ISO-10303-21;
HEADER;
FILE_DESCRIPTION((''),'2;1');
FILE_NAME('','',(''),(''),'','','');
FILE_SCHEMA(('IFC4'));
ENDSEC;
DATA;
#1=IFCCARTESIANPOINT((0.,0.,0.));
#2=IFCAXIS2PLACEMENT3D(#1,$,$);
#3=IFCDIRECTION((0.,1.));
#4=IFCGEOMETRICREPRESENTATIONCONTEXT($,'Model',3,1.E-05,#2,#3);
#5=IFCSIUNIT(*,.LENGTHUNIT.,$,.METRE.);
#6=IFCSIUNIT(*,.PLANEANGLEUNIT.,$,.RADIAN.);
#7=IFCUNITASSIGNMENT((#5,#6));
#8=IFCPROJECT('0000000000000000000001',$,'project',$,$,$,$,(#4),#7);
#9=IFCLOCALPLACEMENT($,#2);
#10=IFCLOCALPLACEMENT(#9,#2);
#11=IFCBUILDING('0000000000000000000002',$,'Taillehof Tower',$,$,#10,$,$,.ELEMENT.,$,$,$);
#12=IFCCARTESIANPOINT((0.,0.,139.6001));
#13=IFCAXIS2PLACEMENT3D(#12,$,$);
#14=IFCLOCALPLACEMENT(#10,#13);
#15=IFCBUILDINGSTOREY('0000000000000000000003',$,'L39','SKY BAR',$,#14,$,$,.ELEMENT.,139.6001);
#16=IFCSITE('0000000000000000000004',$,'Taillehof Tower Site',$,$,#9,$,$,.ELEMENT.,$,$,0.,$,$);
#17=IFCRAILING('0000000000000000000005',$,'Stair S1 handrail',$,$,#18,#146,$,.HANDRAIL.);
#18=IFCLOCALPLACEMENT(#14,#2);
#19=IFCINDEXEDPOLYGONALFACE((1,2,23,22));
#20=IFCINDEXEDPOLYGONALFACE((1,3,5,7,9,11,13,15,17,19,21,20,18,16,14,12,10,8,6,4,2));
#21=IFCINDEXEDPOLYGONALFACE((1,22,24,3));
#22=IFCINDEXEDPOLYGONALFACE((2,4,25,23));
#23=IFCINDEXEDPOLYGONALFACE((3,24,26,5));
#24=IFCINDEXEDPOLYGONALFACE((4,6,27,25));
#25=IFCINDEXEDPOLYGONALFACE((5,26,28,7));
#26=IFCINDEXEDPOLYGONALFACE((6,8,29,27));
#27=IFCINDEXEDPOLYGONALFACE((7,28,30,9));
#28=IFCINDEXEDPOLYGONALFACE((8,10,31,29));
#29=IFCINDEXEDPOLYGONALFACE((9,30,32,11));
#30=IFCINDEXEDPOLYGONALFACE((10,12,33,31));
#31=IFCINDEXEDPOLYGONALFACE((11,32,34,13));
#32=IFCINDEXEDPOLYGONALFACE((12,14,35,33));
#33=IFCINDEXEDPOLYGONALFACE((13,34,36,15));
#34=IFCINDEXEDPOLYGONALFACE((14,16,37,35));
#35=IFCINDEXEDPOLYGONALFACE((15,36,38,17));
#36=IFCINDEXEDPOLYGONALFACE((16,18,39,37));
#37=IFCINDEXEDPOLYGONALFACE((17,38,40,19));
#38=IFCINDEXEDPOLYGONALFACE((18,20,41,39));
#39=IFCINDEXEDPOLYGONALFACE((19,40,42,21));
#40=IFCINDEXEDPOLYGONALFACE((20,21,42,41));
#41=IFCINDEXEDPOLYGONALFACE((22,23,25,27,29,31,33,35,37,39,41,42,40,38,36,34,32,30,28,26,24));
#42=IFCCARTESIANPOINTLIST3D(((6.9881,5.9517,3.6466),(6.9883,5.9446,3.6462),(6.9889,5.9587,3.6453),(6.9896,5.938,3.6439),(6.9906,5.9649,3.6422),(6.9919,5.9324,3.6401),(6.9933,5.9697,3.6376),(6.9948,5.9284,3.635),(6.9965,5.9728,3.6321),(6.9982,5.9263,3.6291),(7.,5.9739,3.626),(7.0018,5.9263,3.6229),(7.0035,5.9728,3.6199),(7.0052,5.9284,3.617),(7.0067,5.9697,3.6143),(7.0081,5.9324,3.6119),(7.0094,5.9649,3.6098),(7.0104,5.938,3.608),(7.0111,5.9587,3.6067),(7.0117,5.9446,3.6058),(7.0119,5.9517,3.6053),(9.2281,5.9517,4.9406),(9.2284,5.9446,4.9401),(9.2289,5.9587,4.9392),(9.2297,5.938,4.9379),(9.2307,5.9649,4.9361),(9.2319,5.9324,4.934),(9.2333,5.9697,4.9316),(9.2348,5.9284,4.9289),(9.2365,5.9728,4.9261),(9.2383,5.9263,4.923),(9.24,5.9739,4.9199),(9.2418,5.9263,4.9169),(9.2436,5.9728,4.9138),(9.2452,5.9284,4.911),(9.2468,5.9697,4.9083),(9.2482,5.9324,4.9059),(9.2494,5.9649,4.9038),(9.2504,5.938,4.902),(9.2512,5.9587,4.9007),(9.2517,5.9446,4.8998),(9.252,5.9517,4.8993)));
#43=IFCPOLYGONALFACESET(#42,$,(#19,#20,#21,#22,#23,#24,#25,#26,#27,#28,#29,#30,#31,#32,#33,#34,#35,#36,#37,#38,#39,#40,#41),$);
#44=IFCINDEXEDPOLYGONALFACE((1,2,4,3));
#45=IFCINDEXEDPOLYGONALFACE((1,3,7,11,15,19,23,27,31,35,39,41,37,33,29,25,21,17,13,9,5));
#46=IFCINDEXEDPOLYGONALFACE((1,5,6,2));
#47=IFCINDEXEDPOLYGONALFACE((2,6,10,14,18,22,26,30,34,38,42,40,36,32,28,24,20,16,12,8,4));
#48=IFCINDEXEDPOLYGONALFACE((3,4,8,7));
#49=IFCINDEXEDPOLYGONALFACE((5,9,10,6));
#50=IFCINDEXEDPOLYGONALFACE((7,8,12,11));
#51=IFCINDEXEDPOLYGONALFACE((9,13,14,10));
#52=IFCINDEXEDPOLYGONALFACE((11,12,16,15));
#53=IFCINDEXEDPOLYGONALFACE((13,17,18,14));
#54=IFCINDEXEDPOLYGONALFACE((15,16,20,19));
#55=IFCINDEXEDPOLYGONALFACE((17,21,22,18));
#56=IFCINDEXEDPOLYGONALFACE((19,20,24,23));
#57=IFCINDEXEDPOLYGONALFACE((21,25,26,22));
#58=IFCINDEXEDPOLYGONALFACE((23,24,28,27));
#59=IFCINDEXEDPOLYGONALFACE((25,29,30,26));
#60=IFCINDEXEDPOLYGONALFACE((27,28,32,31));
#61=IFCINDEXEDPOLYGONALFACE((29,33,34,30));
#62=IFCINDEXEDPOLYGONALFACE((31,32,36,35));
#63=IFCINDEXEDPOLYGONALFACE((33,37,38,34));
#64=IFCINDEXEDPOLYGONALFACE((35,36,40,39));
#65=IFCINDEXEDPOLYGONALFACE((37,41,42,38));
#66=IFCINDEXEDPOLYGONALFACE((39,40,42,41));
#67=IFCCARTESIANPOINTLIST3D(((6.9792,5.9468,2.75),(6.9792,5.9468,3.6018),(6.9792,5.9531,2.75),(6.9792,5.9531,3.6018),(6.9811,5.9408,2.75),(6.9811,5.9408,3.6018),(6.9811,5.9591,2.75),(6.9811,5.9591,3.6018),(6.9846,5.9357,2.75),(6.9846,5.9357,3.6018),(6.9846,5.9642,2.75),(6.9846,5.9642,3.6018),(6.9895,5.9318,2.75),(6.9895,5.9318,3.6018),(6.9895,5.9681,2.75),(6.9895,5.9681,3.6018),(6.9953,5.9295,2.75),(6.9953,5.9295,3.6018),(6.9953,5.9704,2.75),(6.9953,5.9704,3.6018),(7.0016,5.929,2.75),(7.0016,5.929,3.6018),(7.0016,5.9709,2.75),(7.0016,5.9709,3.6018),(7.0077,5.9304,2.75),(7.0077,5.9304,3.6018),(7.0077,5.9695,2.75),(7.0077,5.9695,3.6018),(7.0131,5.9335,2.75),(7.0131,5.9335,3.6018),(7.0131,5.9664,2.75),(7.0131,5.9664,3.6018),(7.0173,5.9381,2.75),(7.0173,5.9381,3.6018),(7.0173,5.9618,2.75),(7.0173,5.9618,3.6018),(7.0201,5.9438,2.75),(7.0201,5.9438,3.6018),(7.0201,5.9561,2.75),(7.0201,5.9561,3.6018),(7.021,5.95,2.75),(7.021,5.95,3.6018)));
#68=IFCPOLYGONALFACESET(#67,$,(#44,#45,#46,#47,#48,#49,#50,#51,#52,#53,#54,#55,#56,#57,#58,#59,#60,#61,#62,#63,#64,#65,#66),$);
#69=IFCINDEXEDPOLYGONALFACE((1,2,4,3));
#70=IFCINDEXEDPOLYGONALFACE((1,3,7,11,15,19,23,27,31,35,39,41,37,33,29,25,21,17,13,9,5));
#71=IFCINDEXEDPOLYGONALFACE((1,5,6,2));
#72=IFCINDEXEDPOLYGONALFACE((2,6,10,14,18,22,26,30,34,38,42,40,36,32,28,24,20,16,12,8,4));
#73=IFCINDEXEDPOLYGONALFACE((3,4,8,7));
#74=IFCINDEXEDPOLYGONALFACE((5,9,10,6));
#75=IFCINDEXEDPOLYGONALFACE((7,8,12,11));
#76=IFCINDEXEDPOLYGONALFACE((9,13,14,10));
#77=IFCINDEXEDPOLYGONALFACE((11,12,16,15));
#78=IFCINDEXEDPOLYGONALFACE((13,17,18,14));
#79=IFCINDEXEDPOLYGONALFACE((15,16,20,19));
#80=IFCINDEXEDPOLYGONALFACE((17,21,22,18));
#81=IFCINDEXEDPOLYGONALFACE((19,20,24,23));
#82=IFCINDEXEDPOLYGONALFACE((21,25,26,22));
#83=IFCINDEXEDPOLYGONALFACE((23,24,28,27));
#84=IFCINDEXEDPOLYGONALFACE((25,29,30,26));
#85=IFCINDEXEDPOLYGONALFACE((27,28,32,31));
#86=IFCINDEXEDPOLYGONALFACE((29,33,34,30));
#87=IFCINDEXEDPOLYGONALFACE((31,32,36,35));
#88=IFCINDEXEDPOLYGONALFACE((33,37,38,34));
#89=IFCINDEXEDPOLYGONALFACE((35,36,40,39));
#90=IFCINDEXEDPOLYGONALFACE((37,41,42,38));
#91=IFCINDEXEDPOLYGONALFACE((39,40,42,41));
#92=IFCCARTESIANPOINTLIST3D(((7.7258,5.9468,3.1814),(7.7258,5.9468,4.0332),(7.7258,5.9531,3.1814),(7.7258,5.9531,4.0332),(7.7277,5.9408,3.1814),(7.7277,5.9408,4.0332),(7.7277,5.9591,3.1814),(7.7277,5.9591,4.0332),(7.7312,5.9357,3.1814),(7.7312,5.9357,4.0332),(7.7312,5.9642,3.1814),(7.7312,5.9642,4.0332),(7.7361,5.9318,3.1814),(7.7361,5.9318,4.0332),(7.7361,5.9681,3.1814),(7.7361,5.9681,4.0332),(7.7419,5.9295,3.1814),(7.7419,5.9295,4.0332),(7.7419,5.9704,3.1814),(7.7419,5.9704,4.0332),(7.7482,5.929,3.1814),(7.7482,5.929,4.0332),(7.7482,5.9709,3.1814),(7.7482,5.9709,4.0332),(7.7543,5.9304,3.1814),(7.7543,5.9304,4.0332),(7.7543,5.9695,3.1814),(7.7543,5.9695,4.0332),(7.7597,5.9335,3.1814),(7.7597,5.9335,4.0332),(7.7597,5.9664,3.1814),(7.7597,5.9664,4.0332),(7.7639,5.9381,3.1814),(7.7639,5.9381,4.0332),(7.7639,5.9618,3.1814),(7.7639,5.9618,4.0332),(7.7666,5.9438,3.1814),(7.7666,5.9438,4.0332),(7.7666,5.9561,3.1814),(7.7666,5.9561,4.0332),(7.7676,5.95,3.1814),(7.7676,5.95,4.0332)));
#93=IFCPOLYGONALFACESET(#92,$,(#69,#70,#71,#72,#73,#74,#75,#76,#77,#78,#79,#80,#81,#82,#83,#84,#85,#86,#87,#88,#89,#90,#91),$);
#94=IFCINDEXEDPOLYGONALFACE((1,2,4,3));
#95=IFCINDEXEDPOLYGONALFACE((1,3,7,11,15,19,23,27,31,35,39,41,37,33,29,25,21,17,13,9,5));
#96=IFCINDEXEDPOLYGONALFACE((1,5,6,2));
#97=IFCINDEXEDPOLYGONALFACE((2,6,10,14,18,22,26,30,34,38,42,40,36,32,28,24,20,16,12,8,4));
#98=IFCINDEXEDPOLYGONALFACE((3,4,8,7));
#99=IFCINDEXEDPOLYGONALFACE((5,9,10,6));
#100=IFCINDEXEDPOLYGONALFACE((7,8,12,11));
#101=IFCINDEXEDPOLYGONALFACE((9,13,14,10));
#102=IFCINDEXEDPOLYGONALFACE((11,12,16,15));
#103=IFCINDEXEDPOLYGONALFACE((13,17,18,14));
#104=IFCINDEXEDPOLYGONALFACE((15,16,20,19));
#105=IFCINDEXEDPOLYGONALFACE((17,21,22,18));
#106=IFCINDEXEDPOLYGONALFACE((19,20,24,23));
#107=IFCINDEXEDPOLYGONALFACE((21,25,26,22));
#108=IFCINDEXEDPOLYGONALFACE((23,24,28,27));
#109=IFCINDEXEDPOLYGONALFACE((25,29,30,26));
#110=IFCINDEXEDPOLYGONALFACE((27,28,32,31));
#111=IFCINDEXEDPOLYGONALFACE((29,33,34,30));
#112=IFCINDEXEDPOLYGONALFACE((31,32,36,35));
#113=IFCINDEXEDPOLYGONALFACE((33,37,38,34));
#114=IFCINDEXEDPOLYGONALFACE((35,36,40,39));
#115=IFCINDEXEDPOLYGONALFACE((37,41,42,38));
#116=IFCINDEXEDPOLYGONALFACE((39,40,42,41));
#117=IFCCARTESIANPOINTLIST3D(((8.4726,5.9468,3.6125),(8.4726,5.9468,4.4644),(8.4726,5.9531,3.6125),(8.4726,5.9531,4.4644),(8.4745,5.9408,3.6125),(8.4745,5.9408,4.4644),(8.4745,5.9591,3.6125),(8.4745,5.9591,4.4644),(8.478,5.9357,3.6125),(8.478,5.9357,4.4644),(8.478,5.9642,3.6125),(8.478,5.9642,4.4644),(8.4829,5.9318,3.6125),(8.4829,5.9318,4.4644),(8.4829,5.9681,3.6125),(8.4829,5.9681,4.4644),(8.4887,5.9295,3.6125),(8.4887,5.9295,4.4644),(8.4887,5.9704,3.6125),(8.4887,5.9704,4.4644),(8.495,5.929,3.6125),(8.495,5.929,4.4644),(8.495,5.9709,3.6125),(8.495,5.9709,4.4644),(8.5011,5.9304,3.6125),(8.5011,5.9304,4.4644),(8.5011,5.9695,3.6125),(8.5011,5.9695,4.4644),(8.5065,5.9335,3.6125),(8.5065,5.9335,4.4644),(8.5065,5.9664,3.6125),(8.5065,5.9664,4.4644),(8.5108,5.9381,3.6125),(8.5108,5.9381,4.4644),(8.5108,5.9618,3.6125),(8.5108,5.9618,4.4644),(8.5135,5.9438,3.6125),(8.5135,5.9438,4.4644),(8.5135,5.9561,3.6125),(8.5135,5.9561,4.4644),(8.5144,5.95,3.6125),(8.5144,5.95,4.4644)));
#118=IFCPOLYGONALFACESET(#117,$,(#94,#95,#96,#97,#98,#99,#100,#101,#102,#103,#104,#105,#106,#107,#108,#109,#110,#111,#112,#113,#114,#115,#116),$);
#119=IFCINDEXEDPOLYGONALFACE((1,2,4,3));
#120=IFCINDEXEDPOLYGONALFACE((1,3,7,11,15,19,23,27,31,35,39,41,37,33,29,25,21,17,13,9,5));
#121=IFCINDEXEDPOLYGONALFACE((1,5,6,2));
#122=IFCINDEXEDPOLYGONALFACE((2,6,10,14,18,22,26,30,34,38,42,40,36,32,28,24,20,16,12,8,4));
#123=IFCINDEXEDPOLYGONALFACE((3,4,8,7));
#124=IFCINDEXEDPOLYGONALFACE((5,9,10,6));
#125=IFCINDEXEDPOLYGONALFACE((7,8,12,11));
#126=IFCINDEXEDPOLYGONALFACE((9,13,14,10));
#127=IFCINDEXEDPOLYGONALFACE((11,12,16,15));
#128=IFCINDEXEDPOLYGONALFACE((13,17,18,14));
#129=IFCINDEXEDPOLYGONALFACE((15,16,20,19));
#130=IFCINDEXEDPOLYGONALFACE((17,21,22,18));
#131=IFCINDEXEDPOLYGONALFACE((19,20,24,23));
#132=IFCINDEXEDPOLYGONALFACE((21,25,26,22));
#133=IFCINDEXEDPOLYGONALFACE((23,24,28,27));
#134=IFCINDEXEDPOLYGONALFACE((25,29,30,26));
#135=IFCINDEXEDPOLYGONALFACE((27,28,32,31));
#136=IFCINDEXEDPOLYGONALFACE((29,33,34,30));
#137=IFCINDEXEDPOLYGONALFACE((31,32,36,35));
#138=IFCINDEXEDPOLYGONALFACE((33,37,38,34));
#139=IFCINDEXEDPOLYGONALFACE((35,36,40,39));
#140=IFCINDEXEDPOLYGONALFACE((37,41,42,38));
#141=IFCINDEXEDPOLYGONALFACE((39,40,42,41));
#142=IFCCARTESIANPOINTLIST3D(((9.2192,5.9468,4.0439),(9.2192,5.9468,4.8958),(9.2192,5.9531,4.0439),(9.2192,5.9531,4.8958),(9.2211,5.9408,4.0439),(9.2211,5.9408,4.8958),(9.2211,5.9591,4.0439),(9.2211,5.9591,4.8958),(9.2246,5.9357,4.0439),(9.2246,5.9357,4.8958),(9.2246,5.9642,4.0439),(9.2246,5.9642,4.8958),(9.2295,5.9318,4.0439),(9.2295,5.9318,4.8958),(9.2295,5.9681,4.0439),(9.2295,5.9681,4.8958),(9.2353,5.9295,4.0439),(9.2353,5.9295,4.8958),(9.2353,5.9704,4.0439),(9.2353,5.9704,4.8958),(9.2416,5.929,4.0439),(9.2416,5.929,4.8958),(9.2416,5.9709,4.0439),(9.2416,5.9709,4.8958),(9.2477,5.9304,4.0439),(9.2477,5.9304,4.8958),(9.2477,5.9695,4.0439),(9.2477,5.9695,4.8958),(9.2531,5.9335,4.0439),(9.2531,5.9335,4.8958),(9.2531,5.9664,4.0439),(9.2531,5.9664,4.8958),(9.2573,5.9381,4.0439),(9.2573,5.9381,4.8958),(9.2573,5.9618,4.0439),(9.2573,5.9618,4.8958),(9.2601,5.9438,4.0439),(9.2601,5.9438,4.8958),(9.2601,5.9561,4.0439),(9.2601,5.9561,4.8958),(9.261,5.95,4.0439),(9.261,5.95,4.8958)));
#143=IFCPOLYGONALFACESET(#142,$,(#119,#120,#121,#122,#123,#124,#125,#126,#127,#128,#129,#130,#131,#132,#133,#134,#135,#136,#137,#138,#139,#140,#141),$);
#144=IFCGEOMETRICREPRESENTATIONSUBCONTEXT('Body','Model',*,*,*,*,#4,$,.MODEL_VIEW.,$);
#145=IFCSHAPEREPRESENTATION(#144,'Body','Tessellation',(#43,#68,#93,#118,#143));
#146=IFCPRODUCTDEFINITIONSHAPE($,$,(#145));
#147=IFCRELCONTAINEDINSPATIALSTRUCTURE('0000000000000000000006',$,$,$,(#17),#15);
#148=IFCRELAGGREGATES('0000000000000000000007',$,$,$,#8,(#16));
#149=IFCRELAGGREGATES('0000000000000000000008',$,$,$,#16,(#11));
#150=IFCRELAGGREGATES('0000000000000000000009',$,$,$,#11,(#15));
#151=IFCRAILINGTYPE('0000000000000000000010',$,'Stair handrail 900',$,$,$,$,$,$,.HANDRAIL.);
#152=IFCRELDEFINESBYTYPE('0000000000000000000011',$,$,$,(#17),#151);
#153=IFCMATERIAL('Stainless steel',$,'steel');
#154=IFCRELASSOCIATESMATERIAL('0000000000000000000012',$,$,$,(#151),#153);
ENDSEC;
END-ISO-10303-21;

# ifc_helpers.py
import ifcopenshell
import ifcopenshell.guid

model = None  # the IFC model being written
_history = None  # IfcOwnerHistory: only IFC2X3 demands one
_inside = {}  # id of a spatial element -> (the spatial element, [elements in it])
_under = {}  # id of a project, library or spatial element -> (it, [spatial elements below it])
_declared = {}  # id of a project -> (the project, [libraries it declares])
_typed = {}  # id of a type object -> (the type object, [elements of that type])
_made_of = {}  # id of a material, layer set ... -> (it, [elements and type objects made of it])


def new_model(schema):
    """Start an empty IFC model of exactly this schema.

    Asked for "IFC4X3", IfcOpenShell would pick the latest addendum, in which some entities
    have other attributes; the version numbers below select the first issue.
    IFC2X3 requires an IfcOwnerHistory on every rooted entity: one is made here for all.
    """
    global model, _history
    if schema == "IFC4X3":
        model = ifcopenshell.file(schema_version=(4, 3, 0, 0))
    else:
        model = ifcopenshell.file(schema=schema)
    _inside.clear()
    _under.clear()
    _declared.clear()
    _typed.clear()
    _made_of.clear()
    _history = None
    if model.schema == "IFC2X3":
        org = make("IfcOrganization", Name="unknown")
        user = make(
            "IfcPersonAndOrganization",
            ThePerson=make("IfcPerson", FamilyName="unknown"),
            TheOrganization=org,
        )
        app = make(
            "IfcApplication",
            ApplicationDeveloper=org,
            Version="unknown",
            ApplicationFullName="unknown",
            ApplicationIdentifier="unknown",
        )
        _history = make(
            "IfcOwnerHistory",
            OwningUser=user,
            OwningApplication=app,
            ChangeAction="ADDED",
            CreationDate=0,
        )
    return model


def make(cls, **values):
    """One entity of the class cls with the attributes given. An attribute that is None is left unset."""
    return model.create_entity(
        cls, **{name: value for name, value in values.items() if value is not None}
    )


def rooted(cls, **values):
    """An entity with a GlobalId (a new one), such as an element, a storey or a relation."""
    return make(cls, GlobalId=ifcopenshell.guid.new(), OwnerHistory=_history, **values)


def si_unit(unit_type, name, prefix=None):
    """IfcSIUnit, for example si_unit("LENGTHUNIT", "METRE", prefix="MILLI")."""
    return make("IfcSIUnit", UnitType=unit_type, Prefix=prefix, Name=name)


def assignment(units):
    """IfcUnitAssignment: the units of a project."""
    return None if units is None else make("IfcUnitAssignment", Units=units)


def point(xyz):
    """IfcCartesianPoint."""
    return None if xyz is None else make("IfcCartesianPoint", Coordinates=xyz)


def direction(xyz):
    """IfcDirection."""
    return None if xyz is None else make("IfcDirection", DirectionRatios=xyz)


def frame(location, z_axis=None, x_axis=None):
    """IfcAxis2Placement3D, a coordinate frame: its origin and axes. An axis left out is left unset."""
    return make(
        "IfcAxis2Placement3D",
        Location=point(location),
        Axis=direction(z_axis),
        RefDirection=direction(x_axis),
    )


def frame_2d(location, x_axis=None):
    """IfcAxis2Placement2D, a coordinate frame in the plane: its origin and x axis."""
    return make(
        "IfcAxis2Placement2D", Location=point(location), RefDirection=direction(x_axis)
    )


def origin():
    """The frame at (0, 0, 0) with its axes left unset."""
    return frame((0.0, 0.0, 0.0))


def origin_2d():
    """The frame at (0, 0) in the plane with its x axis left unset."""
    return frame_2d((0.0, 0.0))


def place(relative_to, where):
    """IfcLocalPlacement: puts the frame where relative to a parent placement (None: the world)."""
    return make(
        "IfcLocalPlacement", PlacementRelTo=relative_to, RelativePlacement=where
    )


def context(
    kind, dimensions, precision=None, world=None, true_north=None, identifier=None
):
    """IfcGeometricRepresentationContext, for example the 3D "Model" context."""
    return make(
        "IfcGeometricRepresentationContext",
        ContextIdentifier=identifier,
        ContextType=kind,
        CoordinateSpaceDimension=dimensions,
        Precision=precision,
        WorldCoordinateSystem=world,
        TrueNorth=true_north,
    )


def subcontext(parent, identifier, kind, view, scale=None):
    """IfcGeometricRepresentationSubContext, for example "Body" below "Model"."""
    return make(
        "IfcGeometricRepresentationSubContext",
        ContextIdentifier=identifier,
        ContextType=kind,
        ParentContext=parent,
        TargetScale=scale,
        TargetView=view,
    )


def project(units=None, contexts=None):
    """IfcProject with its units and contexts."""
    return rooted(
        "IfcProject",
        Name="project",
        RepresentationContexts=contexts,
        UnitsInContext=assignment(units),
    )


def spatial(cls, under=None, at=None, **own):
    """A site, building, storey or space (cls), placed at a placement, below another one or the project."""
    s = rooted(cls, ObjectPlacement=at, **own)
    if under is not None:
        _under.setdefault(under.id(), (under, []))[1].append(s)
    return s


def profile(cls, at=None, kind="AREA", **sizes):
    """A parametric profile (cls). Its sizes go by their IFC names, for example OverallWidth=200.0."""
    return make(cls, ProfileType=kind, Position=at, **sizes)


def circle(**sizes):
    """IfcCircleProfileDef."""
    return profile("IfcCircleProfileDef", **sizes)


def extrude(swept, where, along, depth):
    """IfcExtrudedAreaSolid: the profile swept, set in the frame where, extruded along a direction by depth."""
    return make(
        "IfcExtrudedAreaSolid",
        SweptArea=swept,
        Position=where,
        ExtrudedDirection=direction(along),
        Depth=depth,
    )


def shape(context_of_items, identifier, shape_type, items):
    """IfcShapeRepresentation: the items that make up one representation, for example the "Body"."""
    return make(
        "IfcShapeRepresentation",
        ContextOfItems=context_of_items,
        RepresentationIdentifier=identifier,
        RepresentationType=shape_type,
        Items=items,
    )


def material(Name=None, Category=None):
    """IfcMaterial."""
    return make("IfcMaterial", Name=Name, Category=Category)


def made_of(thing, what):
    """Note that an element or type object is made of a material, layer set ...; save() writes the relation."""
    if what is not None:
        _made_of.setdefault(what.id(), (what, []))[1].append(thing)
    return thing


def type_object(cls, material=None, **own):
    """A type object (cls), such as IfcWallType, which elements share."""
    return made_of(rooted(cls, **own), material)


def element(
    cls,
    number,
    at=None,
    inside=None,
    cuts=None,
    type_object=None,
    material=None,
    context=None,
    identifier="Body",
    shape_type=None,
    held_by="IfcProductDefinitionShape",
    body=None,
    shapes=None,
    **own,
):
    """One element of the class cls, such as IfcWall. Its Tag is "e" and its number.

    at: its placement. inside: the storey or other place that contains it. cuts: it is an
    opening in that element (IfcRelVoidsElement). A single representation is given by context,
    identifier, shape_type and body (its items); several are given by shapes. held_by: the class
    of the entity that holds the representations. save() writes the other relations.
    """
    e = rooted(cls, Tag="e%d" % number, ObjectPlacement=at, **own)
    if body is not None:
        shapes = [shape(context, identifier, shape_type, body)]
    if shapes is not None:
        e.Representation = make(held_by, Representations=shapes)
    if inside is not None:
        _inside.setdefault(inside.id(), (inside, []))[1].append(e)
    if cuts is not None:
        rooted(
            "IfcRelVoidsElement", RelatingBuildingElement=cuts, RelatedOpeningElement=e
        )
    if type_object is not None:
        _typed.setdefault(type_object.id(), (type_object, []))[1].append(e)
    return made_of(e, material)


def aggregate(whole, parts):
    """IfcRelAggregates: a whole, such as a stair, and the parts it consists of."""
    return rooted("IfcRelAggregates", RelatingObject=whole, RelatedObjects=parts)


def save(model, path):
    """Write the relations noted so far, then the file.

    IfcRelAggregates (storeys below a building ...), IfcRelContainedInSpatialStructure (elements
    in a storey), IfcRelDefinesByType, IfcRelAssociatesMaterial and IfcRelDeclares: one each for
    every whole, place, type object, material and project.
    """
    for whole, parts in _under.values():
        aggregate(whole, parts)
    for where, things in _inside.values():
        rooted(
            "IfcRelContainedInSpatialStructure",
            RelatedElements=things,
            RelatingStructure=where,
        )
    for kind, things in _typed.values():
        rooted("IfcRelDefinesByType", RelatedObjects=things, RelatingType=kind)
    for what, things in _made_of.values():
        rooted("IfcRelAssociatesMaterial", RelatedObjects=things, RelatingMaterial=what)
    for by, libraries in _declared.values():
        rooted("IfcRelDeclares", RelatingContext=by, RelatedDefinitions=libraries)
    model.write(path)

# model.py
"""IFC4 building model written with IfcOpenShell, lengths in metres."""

from ifc_helpers import new_model, si_unit, direction, frame, origin, origin_2d, place, context, subcontext, project, spatial, circle, extrude, material, type_object, element, save


model = new_model("IFC4")

# Units and contexts
model_context = context("Model", 3, precision=1e-05, world=origin(), true_north=direction((0.0, 1.0)))
body_context = subcontext(model_context, "Body", "Model", "MODEL_VIEW")
ifc_project = project(units=[si_unit("LENGTHUNIT", "METRE"), si_unit("PLANEANGLEUNIT", "RADIAN")], contexts=[model_context])

# Site, building, storey
site_placement = place(None, origin())
site = spatial("IfcSite", under=ifc_project, at=site_placement, Name="Taillehof Tower Site", CompositionType="ELEMENT", RefElevation=0.0)
building_placement = place(site_placement, origin())
building = spatial("IfcBuilding", under=site, at=building_placement, Name="Taillehof Tower", CompositionType="ELEMENT")
storey_placement = place(building_placement, frame((0.0, 0.0, 139.6001)))
storey = spatial("IfcBuildingStorey", under=building, at=storey_placement, Name="L39", Description="SKY BAR", CompositionType="ELEMENT", Elevation=139.6001)

# Railing
ifc_material_1 = material(Name="Stainless steel", Category="steel")
railing_type = type_object("IfcRailingType", Name="Stair handrail 900", PredefinedType="HANDRAIL", material=ifc_material_1)
railing_1_placement = place(storey_placement, frame((7.0, 5.95, 2.75)))
element("IfcRailing", 1, at=railing_1_placement, inside=storey, type_object=railing_type, Name="Stair S1 handrail", PredefinedType="HANDRAIL", context=body_context, shape_type="SweptSolid", body=[
    extrude(circle(Radius=0.0239, at=origin_2d()), frame((0.0, 0.0, 0.876), z_axis=(0.86591, 0.0, 0.500199), x_axis=(0.0, 1.0, 0.0)), (0.0, 0.0, 1.0), 2.5869),
    extrude(circle(Radius=0.021, at=origin_2d()), origin(), (0.0, 0.0, 1.0), 0.8518),
    extrude(circle(Radius=0.021, at=origin_2d()), frame((0.7466, 0.0, 0.4314)), (0.0, 0.0, 1.0), 0.8518),
    extrude(circle(Radius=0.021, at=origin_2d()), frame((1.4934, 0.0, 0.8625)), (0.0, 0.0, 1.0), 0.8518),
    extrude(circle(Radius=0.021, at=origin_2d()), frame((2.24, 0.0, 1.2939)), (0.0, 0.0, 1.0), 0.8518),
])

save(model, "model.ifc")
